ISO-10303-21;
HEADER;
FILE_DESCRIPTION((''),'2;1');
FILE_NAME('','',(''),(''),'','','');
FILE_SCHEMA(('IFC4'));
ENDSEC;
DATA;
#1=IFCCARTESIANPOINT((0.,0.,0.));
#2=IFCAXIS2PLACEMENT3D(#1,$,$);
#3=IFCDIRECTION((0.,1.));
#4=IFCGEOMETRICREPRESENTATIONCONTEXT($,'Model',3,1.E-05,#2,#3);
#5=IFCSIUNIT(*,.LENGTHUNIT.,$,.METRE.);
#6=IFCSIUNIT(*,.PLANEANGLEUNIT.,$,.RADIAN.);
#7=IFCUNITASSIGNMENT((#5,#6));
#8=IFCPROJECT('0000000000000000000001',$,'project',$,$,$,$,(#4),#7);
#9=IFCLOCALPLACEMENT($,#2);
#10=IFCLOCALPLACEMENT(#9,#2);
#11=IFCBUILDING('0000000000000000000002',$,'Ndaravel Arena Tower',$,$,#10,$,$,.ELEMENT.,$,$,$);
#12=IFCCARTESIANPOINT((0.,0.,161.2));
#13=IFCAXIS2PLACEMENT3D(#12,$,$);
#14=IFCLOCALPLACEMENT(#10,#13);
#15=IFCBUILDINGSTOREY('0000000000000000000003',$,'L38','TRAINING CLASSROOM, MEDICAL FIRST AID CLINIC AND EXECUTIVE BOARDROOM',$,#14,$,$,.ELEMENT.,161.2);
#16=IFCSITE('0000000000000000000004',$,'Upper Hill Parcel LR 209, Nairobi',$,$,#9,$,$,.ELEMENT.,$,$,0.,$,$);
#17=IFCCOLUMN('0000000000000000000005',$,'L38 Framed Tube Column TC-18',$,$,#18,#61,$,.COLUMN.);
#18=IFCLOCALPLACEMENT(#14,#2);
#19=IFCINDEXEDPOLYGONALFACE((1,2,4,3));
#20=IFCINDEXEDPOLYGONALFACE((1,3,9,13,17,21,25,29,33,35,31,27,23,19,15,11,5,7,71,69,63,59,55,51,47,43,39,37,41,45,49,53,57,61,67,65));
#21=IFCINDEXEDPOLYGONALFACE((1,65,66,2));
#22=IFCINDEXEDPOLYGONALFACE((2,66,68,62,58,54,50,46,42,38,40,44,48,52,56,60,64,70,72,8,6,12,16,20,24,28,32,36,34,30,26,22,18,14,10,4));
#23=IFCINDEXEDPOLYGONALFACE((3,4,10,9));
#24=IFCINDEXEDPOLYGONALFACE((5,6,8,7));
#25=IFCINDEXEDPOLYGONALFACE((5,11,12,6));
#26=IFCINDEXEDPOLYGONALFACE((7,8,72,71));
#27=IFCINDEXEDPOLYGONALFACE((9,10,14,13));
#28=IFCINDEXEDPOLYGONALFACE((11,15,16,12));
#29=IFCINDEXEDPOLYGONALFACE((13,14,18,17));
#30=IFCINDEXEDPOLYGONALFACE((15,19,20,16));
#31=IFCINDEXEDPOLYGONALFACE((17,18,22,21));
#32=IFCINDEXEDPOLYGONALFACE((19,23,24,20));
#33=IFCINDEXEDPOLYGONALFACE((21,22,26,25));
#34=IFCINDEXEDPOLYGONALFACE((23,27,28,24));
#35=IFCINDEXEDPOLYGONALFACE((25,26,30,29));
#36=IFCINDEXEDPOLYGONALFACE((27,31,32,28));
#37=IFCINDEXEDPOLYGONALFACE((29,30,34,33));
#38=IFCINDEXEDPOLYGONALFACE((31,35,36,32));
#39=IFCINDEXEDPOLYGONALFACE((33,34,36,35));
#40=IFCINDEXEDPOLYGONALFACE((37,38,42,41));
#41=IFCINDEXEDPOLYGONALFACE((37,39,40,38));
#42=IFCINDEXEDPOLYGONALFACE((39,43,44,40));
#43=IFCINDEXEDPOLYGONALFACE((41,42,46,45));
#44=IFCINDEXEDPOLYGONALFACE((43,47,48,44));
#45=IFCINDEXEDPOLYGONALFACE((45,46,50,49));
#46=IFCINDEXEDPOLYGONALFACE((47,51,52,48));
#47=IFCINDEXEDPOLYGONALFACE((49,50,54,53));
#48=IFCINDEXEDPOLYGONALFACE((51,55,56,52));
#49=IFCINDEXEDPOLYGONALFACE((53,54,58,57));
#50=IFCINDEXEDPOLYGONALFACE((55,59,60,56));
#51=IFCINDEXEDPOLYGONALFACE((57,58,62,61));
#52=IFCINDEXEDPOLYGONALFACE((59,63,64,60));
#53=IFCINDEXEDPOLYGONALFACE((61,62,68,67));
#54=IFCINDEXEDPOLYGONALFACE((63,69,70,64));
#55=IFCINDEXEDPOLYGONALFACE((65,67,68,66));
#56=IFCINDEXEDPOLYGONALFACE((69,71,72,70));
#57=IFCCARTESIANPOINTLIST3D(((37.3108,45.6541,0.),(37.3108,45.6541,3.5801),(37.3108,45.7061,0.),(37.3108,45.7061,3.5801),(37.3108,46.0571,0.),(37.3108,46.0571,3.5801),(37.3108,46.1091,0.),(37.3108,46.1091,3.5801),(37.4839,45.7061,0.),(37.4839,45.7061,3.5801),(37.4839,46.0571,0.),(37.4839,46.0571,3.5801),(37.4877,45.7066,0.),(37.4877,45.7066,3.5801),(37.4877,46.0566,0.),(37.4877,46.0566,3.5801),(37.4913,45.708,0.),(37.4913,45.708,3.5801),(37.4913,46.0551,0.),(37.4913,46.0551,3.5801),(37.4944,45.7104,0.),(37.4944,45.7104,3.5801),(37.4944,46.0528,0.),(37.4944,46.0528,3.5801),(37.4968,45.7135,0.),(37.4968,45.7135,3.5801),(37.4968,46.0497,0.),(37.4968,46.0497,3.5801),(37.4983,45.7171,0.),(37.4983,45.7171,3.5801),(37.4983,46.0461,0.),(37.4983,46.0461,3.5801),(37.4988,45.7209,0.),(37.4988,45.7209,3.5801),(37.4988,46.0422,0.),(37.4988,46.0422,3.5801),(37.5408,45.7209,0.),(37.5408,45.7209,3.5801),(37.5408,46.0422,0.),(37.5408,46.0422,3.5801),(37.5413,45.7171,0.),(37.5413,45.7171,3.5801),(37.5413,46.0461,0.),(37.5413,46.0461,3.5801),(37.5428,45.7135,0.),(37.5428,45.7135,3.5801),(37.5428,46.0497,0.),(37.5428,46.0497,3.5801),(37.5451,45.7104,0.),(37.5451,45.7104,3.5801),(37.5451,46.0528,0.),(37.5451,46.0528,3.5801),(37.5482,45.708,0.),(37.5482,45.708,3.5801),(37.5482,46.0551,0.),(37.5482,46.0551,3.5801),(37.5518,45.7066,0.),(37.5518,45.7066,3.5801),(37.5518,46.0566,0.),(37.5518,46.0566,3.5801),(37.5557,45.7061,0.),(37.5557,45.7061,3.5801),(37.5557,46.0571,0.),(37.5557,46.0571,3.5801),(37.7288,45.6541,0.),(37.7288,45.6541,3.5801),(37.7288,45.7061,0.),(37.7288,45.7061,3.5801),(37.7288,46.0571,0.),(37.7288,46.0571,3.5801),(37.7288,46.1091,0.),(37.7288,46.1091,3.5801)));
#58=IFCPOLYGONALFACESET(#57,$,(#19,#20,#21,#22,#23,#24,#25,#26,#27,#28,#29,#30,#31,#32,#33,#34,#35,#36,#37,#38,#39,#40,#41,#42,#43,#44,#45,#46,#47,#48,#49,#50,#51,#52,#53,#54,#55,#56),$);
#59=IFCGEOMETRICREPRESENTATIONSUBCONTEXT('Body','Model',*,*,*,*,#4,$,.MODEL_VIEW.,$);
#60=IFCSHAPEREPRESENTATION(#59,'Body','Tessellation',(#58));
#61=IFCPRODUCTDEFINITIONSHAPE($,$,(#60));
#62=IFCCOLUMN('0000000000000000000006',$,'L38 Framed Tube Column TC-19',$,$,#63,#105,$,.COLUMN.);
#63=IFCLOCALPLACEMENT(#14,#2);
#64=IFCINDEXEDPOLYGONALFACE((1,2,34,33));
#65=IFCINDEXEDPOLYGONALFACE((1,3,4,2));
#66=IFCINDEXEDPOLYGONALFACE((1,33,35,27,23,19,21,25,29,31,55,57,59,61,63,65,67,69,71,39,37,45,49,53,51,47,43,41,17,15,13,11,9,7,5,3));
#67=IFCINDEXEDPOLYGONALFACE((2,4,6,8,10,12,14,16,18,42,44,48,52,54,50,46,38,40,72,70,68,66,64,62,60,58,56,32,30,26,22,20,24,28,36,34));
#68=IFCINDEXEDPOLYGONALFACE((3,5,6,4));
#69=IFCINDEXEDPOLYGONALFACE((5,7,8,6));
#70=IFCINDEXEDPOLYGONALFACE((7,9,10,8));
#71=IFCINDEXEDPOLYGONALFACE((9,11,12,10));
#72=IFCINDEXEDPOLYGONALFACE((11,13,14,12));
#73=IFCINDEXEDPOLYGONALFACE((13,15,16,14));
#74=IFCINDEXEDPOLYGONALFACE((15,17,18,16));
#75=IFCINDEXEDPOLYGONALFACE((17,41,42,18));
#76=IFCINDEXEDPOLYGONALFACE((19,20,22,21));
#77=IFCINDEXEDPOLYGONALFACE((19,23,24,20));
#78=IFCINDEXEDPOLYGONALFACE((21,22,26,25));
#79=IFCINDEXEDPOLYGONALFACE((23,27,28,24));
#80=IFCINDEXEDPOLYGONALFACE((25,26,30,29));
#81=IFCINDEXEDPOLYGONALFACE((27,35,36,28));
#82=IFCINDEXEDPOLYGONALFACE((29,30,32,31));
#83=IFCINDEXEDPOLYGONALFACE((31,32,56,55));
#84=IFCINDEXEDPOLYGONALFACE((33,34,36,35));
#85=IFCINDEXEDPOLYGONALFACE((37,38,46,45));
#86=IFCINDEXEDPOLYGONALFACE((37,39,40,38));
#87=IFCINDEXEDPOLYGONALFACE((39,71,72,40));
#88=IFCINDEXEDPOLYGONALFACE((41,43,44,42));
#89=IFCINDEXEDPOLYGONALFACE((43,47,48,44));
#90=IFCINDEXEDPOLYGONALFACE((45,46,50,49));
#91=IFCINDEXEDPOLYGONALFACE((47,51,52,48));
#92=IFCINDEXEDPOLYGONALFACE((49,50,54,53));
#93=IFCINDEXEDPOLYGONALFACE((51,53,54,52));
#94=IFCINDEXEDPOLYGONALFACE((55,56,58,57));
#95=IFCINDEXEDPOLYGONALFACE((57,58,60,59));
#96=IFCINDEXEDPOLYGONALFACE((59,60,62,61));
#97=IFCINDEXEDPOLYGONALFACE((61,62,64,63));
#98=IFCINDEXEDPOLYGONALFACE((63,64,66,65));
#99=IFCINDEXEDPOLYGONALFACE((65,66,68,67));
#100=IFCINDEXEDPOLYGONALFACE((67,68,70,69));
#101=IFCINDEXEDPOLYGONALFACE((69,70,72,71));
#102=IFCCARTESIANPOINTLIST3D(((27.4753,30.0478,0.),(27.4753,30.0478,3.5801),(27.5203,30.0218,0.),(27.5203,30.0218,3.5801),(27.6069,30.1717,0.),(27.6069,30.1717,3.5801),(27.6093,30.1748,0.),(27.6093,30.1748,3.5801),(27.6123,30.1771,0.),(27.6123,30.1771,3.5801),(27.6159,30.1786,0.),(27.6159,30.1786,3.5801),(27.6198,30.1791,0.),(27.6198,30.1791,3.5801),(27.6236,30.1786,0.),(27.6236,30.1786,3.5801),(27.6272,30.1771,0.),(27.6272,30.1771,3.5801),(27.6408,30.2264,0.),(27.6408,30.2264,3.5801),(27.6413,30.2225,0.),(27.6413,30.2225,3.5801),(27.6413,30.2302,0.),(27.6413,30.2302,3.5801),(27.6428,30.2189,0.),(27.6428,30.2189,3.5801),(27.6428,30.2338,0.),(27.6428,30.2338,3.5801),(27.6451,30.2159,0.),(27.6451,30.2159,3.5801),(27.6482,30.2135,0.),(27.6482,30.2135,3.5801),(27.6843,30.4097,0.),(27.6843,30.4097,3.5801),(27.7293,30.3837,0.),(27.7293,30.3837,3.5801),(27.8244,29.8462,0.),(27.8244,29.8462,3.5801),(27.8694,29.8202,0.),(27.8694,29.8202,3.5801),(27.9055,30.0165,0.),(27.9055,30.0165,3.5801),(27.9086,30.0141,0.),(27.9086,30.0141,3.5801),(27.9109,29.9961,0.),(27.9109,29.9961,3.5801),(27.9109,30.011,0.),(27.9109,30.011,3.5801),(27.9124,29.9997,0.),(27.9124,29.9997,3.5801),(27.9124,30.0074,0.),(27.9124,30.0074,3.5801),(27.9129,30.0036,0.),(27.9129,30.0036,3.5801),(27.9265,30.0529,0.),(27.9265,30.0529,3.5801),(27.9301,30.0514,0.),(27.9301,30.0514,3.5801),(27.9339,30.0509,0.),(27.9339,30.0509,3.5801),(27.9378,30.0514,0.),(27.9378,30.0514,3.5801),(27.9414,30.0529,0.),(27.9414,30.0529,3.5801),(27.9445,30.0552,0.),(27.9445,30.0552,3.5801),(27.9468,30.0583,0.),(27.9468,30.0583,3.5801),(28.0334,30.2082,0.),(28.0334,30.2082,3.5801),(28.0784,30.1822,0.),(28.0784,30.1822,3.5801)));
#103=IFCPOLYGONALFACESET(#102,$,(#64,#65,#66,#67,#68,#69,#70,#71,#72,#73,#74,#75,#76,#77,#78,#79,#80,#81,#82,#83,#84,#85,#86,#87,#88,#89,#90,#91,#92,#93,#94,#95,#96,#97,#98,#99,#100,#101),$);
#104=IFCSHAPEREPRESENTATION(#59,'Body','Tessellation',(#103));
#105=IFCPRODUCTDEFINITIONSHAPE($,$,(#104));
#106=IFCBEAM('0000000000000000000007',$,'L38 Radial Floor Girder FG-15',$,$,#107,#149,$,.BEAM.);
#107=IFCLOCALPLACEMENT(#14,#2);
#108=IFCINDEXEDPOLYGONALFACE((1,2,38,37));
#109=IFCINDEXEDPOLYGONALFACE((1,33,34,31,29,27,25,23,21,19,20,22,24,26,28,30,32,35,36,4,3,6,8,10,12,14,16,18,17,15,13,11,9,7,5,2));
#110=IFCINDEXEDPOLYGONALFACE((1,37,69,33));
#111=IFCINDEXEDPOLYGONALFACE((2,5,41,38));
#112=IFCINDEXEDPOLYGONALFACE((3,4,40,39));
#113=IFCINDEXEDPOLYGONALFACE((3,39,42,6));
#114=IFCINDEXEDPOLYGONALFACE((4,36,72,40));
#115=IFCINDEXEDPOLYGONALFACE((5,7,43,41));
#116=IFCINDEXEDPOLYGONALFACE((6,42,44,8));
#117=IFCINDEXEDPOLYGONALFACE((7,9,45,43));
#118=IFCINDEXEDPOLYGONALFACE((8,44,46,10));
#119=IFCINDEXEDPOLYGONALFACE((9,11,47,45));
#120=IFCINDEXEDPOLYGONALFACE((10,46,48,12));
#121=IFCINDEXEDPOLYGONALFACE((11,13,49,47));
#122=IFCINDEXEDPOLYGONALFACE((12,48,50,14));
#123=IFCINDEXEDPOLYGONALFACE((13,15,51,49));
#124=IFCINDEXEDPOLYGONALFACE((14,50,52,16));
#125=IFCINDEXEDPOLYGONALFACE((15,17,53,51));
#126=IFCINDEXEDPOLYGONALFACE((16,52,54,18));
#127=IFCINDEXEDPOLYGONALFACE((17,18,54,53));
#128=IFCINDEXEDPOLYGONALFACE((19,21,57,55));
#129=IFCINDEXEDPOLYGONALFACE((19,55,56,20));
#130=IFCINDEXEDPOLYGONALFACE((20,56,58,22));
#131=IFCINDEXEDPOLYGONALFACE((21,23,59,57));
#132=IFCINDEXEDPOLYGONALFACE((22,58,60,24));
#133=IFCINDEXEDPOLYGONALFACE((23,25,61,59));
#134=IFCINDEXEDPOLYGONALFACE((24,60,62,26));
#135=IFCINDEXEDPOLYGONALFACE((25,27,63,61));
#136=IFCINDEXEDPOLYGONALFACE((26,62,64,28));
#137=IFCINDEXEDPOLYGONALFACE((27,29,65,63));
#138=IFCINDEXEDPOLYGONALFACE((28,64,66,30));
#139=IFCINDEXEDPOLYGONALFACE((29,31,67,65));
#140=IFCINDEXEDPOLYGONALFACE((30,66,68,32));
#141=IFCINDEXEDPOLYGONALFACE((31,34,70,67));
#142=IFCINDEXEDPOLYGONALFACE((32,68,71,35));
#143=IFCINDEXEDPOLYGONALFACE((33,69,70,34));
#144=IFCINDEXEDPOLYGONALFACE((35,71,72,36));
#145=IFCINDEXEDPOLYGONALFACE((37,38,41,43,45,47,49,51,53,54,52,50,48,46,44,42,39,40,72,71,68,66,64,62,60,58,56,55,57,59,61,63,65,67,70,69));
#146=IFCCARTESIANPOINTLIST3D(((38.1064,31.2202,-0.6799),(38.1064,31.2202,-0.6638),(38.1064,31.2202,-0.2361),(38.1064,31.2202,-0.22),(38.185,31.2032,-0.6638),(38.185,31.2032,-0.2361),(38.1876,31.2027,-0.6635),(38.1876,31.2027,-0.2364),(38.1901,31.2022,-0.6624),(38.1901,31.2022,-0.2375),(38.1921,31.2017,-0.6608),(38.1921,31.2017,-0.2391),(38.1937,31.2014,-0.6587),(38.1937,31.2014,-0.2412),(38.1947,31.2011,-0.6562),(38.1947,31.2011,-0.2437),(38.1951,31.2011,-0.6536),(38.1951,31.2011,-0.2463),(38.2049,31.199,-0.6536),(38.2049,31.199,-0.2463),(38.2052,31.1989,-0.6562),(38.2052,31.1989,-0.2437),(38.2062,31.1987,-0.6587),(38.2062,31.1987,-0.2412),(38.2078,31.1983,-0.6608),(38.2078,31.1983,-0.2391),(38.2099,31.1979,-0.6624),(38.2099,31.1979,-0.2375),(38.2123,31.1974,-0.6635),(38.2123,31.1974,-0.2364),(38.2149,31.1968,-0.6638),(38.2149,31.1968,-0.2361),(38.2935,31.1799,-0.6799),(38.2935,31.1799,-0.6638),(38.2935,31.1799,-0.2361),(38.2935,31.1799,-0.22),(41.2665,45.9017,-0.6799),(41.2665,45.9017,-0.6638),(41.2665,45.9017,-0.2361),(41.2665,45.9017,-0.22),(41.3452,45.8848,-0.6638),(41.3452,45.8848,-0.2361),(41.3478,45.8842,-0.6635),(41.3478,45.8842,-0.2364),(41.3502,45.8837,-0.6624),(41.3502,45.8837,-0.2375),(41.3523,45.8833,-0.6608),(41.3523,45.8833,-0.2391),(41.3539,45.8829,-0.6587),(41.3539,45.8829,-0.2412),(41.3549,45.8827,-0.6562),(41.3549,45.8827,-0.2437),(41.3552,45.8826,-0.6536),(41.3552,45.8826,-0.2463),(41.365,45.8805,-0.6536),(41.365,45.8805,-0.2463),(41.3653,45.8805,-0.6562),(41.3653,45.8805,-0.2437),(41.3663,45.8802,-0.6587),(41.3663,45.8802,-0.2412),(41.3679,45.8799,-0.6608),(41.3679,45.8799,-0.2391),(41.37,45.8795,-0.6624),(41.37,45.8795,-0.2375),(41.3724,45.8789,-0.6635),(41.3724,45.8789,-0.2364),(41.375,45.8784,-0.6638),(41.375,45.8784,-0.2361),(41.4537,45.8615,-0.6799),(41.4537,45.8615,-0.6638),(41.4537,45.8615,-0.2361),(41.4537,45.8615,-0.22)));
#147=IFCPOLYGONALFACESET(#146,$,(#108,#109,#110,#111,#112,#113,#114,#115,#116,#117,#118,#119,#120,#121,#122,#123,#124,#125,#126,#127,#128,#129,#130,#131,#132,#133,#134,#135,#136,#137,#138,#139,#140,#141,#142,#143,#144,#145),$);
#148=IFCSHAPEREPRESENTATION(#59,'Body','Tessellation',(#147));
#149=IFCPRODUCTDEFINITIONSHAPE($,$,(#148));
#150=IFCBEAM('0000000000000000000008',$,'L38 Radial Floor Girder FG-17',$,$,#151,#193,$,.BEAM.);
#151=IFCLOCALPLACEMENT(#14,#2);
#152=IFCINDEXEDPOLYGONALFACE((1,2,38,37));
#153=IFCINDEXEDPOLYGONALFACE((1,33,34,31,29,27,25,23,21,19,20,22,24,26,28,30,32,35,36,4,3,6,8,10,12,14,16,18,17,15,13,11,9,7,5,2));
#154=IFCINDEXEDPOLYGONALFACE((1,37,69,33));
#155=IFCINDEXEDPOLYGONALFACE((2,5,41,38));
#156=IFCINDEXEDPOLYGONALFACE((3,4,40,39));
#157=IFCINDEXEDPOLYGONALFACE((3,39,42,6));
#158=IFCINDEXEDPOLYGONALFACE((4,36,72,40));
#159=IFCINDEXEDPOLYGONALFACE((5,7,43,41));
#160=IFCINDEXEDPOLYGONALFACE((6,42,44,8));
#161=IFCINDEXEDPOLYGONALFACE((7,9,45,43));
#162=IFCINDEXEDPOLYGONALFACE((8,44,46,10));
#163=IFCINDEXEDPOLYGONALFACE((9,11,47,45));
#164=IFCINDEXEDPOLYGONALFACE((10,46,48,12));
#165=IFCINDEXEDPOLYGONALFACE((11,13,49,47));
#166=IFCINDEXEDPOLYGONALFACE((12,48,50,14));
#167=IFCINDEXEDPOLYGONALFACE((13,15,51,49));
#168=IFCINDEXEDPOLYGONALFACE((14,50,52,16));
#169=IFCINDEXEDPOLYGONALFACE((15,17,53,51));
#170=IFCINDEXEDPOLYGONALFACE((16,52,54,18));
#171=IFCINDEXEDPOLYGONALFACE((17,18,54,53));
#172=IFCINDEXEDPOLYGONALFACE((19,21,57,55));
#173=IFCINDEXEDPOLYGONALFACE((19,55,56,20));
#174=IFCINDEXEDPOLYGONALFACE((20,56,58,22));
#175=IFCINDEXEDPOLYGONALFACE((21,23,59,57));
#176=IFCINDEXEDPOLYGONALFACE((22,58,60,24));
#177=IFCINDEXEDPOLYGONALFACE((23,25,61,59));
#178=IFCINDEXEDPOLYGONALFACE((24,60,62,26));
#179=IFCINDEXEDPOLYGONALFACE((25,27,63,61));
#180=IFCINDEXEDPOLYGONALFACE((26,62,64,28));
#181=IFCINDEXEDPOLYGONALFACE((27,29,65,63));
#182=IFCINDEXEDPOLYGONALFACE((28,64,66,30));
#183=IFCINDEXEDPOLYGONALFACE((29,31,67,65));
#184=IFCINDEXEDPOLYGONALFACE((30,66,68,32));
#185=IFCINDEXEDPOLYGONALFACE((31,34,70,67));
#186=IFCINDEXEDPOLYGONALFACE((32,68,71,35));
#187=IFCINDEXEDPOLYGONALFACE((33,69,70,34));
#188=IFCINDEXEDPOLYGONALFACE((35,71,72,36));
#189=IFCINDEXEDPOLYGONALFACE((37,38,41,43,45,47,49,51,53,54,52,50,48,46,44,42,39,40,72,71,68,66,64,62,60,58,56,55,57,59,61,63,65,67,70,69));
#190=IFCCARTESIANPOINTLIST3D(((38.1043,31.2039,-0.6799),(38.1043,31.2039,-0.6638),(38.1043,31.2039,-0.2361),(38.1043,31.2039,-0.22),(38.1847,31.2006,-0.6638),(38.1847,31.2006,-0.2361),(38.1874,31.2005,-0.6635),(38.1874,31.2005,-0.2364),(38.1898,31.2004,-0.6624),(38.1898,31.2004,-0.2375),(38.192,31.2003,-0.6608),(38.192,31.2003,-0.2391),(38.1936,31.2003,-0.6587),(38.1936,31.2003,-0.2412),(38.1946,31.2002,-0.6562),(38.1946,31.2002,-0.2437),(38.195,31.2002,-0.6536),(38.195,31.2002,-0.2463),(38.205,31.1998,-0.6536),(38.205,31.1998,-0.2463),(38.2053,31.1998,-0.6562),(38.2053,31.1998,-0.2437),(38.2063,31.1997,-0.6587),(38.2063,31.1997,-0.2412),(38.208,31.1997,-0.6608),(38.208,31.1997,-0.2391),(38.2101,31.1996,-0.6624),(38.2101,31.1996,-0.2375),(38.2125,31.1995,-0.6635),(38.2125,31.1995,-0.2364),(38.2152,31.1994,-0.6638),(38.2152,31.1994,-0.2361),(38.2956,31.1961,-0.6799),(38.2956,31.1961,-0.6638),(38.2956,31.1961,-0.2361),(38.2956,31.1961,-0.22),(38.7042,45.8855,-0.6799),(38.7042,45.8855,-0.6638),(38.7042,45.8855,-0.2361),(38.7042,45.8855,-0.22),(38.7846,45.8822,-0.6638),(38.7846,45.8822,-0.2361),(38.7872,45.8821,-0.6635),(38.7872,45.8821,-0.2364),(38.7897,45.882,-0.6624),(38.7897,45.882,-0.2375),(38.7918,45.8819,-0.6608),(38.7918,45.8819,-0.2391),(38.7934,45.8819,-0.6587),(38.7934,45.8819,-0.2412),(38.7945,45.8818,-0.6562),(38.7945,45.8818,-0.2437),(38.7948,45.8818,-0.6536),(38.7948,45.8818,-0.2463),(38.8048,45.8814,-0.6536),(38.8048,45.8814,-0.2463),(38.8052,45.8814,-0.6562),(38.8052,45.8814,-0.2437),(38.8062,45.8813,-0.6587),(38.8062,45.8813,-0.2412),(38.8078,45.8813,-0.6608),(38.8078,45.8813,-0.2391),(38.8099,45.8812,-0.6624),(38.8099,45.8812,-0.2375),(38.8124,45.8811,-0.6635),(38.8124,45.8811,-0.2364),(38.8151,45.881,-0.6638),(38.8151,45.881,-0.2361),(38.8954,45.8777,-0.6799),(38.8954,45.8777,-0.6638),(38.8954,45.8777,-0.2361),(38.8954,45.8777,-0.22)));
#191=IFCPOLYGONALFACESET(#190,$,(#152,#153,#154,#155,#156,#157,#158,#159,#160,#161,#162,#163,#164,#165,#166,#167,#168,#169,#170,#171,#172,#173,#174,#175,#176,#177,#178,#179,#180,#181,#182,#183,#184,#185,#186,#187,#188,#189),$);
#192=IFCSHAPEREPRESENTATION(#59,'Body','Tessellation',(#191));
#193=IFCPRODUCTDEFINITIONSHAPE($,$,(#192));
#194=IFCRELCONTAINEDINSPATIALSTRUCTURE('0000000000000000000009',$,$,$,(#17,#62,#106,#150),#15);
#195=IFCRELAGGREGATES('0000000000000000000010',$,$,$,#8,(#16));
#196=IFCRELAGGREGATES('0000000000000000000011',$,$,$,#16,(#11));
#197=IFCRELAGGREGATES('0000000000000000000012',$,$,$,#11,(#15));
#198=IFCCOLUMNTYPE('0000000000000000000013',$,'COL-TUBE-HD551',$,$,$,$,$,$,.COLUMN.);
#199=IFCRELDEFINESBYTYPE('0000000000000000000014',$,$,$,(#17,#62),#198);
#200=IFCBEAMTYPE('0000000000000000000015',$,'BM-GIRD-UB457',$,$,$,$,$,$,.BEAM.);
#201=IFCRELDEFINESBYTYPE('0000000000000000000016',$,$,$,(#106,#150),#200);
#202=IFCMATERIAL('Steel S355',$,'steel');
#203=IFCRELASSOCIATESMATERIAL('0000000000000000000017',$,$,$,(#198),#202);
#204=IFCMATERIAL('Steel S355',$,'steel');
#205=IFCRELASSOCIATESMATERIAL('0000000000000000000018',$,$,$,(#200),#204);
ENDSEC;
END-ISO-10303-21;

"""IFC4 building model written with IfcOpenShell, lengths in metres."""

from ifc_helpers import new_model, si_unit, direction, frame, origin, origin_2d, place, context, subcontext, project, spatial, i_section, extrude, material, material_profile, profile_set, type_object, element, save


model = new_model("IFC4")

# Units and contexts
model_context = context("Model", 3, precision=1e-05, world=origin(), true_north=direction((0.0, 1.0)))
body_context = subcontext(model_context, "Body", "Model", "MODEL_VIEW")
ifc_project = project(units=[si_unit("LENGTHUNIT", "METRE"), si_unit("PLANEANGLEUNIT", "RADIAN")], contexts=[model_context])

# Site, building, storey
site_placement = place(None, origin())
site = spatial("IfcSite", under=ifc_project, at=site_placement, Name="Upper Hill Parcel LR 209, Nairobi", CompositionType="ELEMENT", RefElevation=0.0)
building_placement = place(site_placement, origin())
building = spatial("IfcBuilding", under=site, at=building_placement, Name="Ndaravel Arena Tower", CompositionType="ELEMENT")
storey_placement = place(building_placement, frame((0.0, 0.0, 161.2)))
storey = spatial("IfcBuildingStorey", under=building, at=storey_placement, Name="L38", Description="TRAINING CLASSROOM, MEDICAL FIRST AID CLINIC AND EXECUTIVE BOARDROOM", CompositionType="ELEMENT", Elevation=161.2)

# Columns
ifc_material_1 = material(Name="Steel S355", Category="steel")
ifc_material_profile_1 = material_profile(ifc_material_1, i_section(OverallWidth=0.418, OverallDepth=0.4551, WebThickness=0.042, FlangeThickness=0.052, FilletRadius=0.0149, at=origin_2d()), Name="HD 400x551")
ifc_profile_set_1 = profile_set([ifc_material_profile_1], Name="Steel S355")
column_type_1 = type_object("IfcColumnType", Name="COL-TUBE-HD551", PredefinedType="COLUMN", material=ifc_profile_set_1)
for number, where, z_axis, x_axis, name in (
    (1, (37.5198, 45.8816, 0.0), (0.0, 0.0, 1.0), (1.0, 0.0, 0.0), "L38 Framed Tube Column TC-18"),
    (2, (27.7769, 30.115, 0.0), (0.0, 0.0, 1.0), (0.5, 0.866025, 0.0), "L38 Framed Tube Column TC-19"),
):
    element("IfcColumn", number, at=place(storey_placement, frame(where, z_axis=z_axis, x_axis=x_axis)), inside=storey, type_object=column_type_1, Name=name, PredefinedType="COLUMN", context=body_context, shape_type="SweptSolid", body=[
        extrude(i_section(OverallWidth=0.418, OverallDepth=0.4551, WebThickness=0.042, FlangeThickness=0.052, FilletRadius=0.0149, at=origin_2d()), origin(), (0.0, 0.0, 1.0), 3.5801),
    ])

# Beams
ifc_material_2 = material(Name="Steel S355", Category="steel")
ifc_material_profile_2 = material_profile(ifc_material_2, i_section(OverallWidth=0.1914, OverallDepth=0.46, WebThickness=0.01, FlangeThickness=0.0161, FilletRadius=0.0103, at=origin_2d()), Name="UB 457x191x82")
ifc_profile_set_2 = profile_set([ifc_material_profile_2], Name="Steel S355")
beam_type_1 = type_object("IfcBeamType", Name="BM-GIRD-UB457", PredefinedType="BEAM", material=ifc_profile_set_2)
beam_1_placement = place(storey_placement, frame((41.3601, 45.8816, -0.45), z_axis=(-0.210426, -0.97761, 0.0), x_axis=(0.97761, -0.210426, 0.0)))
element("IfcBeam", 3, at=beam_1_placement, inside=storey, type_object=beam_type_1, Name="L38 Radial Floor Girder FG-15", PredefinedType="BEAM", context=body_context, shape_type="SweptSolid", body=[
    extrude(i_section(OverallWidth=0.1914, OverallDepth=0.46, WebThickness=0.01, FlangeThickness=0.0161, FilletRadius=0.0103, at=origin_2d()), origin(), (0.0, 0.0, 1.0), 15.0178),
])
beam_2_placement = place(storey_placement, frame((38.7998, 45.8816, -0.45), z_axis=(-0.040823, -0.999166, 0.0), x_axis=(0.999166, -0.040823, 0.0)))
element("IfcBeam", 4, at=beam_2_placement, inside=storey, type_object=beam_type_1, Name="L38 Radial Floor Girder FG-17", PredefinedType="BEAM", context=body_context, shape_type="SweptSolid", body=[
    extrude(i_section(OverallWidth=0.1914, OverallDepth=0.46, WebThickness=0.01, FlangeThickness=0.0161, FilletRadius=0.0103, at=origin_2d()), origin(), (0.0, 0.0, 1.0), 14.6938),
])

save(model, "model.ifc")
